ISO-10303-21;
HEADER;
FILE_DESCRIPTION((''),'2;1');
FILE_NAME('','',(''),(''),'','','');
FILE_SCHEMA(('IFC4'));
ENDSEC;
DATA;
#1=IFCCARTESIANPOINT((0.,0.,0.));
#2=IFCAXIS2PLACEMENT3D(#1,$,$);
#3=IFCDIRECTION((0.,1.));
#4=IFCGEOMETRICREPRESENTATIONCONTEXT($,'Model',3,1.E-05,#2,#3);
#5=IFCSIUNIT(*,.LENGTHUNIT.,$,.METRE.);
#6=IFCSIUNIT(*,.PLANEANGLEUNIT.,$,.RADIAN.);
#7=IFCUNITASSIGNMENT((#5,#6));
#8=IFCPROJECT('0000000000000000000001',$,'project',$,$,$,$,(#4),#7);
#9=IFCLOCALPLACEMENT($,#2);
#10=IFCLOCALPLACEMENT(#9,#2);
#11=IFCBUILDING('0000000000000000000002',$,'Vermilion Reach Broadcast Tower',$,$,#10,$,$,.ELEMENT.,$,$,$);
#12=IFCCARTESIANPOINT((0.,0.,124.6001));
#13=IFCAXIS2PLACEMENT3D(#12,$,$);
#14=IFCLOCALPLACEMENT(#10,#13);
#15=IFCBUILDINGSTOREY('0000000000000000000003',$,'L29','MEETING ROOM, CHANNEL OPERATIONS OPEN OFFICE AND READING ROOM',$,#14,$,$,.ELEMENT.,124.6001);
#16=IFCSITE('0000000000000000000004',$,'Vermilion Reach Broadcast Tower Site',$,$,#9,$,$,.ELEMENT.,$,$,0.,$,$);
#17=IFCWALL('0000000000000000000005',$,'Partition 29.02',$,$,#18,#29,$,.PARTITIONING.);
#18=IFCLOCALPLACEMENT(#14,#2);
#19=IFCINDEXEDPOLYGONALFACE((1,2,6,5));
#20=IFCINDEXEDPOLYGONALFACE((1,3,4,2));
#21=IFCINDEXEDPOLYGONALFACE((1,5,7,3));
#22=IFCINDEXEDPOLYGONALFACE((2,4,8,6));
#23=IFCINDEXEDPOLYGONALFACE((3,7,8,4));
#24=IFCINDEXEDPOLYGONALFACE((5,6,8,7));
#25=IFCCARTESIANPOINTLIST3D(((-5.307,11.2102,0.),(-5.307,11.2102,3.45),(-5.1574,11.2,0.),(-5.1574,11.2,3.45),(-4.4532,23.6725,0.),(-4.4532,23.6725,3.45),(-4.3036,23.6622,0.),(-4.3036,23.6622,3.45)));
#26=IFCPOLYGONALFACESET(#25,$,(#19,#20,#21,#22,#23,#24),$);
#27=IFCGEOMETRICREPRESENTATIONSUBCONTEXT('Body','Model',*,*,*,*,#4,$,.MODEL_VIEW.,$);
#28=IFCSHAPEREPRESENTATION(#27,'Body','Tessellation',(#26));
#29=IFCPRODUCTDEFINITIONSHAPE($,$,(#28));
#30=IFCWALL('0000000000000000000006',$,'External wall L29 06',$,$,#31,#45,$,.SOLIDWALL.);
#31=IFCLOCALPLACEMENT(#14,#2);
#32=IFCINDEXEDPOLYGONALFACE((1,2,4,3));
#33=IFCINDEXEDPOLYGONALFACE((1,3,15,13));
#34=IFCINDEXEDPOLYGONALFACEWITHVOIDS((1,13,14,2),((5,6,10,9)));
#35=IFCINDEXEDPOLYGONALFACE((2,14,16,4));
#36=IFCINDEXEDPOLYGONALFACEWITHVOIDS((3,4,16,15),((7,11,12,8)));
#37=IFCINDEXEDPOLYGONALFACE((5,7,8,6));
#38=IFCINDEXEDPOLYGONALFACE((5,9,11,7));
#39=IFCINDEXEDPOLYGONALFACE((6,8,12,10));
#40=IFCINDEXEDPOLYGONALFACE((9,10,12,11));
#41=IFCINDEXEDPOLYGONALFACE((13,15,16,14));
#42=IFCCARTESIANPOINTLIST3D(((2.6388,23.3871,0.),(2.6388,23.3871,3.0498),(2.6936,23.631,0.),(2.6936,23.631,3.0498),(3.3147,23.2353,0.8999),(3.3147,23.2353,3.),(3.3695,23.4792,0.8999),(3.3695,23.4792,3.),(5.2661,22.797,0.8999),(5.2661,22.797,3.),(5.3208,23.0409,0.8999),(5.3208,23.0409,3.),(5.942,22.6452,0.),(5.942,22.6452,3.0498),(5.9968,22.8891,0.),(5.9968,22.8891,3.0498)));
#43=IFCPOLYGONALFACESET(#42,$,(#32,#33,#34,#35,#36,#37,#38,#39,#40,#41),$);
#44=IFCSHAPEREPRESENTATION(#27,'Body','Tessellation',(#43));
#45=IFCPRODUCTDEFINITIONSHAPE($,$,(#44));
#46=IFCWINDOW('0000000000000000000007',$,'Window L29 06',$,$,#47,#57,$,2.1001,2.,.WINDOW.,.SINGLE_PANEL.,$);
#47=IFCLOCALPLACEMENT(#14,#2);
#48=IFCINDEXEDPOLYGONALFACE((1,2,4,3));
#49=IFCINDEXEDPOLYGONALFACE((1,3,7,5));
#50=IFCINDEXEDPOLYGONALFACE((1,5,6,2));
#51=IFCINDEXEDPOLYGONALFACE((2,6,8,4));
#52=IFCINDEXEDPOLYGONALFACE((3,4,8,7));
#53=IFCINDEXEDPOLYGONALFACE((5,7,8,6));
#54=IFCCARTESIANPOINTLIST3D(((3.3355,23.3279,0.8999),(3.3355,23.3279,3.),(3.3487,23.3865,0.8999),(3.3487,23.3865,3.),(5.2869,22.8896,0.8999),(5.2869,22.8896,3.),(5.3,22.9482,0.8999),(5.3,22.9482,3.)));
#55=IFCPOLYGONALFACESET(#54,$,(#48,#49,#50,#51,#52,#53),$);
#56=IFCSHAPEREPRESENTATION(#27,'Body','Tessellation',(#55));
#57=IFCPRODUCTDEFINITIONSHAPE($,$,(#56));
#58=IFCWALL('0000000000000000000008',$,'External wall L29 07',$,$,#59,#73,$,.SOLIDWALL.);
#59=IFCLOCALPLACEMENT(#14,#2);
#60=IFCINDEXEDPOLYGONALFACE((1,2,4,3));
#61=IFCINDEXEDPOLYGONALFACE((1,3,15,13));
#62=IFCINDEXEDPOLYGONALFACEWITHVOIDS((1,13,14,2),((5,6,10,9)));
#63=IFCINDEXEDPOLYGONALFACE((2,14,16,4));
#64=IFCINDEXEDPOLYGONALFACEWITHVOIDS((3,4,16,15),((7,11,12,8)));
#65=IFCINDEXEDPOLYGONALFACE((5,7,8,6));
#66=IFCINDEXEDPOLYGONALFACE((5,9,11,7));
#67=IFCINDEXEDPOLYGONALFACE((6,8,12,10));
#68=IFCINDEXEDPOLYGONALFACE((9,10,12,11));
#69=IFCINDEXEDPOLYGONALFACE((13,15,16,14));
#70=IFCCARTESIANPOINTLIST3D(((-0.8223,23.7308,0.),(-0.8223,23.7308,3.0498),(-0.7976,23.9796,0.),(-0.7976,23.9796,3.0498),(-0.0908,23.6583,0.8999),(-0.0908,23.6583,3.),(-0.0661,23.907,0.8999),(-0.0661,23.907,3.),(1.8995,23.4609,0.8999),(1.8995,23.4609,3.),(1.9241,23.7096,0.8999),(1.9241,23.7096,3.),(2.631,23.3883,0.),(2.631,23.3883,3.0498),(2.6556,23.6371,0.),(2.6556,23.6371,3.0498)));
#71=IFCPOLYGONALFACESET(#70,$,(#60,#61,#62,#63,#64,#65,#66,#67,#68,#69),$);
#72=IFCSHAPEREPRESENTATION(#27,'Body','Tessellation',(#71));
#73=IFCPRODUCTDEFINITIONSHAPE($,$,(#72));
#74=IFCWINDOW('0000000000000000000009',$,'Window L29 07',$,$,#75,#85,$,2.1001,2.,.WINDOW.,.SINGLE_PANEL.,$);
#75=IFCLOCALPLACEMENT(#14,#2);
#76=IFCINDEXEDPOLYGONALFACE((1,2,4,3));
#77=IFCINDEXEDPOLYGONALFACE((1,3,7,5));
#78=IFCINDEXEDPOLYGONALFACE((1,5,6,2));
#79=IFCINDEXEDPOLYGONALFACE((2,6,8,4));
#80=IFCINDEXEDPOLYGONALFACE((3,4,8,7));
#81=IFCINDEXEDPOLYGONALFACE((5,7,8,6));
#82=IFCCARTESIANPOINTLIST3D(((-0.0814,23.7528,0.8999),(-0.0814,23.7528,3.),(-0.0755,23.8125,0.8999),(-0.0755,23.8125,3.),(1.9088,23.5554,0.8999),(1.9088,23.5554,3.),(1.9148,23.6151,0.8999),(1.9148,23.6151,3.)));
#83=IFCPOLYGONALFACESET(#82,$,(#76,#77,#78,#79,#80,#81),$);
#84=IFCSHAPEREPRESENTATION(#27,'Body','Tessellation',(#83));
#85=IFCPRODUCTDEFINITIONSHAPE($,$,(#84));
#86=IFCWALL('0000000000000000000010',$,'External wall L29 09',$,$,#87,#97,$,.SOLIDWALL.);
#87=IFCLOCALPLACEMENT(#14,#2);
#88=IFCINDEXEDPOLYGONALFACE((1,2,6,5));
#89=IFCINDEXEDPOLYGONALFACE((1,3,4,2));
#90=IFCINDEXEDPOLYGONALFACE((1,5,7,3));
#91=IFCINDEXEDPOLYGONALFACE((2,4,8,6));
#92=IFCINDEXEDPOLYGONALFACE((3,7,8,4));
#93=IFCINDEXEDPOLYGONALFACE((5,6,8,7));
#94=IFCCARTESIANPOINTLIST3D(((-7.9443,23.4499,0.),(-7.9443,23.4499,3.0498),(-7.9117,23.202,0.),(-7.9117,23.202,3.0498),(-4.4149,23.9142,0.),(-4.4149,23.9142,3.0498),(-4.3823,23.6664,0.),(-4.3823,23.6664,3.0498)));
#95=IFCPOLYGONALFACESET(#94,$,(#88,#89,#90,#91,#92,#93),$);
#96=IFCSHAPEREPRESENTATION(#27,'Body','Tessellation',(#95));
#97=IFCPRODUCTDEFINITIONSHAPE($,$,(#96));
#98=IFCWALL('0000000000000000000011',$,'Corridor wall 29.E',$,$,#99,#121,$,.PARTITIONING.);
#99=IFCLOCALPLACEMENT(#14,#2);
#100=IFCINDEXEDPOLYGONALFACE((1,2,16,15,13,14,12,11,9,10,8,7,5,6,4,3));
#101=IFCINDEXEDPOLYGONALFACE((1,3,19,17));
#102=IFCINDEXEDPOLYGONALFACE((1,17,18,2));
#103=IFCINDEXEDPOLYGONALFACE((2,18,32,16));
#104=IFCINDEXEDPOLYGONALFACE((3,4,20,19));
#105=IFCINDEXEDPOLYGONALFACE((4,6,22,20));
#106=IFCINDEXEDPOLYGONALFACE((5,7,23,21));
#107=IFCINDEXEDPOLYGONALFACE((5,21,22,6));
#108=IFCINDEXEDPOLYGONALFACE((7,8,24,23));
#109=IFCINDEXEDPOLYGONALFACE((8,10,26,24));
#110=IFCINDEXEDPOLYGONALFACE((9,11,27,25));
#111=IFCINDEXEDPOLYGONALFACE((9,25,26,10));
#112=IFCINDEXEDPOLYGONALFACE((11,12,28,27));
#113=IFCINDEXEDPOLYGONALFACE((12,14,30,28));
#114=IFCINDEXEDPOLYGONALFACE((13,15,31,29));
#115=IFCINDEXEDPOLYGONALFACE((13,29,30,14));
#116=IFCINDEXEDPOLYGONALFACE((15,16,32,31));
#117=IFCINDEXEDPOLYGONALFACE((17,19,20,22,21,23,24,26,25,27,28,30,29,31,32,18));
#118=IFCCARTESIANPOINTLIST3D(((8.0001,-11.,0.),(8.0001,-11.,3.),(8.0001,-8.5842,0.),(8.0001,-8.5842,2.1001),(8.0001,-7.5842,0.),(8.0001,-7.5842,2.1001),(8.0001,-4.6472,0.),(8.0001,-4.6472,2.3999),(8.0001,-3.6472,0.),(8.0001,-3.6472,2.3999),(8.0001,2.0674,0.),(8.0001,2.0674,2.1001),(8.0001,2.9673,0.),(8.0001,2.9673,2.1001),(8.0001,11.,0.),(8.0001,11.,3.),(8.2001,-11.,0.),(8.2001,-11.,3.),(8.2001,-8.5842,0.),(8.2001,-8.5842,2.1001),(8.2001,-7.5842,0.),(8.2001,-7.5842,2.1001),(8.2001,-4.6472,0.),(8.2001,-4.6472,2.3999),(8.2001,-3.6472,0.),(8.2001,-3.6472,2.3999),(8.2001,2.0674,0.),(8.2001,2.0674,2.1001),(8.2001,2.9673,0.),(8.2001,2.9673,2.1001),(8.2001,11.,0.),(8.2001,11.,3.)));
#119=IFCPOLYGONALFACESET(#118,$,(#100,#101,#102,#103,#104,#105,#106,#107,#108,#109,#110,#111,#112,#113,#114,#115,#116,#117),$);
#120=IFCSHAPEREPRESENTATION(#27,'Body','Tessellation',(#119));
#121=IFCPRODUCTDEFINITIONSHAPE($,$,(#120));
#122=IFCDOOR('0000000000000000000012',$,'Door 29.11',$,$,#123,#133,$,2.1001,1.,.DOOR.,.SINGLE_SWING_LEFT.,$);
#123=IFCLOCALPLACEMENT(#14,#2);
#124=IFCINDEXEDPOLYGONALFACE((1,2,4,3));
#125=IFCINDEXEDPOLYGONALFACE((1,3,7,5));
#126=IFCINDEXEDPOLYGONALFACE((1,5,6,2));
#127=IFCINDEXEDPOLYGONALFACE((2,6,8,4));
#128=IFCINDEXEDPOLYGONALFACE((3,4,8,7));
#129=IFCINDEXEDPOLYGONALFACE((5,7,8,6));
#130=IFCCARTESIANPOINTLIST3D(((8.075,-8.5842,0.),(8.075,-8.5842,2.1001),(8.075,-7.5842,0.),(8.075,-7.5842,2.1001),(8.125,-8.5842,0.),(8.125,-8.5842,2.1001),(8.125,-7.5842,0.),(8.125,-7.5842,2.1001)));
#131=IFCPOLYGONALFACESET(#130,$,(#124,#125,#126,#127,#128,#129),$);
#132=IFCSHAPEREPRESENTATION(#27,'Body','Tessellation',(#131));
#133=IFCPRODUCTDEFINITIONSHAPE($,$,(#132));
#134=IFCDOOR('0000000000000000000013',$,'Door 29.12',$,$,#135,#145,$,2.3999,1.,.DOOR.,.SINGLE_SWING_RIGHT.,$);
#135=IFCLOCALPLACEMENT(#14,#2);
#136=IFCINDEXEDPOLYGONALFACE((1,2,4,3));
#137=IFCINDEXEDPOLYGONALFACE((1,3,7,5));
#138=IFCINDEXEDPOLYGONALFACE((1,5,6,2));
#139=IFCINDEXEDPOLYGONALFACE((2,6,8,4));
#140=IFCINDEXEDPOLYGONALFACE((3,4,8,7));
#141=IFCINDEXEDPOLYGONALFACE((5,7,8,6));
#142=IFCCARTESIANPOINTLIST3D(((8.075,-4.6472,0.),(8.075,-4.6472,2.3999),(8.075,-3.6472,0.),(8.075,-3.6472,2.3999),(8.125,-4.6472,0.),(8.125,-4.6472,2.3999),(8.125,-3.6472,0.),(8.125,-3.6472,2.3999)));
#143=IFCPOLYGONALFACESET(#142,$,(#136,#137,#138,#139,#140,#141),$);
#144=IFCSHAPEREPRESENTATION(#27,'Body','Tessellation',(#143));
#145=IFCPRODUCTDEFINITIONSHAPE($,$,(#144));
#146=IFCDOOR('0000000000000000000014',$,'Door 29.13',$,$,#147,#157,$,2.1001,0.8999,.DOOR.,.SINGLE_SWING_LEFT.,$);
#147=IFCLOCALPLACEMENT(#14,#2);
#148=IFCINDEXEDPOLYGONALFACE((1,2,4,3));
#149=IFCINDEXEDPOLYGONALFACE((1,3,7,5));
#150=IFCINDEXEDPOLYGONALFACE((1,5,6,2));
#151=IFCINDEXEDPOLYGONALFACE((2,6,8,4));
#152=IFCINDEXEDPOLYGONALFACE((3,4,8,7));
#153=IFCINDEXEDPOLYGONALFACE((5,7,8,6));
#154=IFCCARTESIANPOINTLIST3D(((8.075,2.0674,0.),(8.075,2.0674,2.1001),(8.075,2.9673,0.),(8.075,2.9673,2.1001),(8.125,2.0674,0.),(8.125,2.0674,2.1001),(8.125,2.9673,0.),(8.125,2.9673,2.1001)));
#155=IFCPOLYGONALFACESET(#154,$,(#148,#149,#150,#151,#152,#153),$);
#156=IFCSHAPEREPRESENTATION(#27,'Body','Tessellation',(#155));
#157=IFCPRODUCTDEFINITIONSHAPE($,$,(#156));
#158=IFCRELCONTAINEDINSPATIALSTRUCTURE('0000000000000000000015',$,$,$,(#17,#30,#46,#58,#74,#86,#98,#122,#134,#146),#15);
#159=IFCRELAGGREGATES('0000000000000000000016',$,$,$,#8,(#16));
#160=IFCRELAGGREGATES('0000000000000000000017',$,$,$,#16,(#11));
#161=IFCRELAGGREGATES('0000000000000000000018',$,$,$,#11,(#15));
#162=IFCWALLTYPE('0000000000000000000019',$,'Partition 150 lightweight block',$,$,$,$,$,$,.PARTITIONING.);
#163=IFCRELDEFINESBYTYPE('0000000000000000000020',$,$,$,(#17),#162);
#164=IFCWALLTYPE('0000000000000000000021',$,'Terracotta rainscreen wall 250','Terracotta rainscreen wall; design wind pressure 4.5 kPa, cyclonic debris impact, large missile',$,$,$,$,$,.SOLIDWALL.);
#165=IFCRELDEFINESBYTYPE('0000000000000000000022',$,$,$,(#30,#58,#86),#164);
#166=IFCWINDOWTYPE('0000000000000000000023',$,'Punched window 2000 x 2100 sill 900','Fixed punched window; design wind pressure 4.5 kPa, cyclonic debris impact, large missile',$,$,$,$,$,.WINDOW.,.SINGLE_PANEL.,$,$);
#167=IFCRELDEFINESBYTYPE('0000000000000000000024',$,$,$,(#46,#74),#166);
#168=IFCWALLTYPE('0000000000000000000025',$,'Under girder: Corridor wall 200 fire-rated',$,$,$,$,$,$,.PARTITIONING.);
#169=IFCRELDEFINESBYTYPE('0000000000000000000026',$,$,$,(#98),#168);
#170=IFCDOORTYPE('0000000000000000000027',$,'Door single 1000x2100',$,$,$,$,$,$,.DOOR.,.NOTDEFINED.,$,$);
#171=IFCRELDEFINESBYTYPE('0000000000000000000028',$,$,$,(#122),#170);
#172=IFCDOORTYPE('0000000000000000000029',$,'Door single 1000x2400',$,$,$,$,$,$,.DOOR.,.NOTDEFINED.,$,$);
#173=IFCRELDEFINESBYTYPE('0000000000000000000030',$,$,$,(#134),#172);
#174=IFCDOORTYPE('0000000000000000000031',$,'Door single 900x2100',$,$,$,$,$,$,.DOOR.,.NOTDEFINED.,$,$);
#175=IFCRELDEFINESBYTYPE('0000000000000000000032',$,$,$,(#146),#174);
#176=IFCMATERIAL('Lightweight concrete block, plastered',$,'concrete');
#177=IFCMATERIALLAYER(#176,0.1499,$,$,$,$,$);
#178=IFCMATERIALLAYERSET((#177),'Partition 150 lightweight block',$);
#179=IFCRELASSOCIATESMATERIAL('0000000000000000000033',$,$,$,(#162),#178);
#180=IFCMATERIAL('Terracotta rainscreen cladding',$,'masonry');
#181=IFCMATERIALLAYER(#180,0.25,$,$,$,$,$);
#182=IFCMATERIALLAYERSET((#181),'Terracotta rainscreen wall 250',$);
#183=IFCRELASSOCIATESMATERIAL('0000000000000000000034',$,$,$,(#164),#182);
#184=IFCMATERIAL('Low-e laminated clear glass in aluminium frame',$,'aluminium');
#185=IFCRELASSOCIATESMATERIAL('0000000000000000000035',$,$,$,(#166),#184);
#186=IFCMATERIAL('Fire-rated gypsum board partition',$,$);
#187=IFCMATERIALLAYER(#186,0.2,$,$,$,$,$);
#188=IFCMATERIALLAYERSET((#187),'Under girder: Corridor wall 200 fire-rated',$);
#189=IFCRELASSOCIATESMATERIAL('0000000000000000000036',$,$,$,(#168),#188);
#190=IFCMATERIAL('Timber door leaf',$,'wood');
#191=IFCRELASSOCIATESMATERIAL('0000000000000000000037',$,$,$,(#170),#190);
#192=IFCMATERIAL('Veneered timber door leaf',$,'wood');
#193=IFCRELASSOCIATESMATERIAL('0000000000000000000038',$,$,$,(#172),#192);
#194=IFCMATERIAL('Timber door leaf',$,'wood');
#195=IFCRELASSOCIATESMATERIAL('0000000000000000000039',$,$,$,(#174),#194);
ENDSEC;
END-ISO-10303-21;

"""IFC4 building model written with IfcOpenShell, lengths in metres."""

from ifc_helpers import new_model, si_unit, direction, frame, frame_2d, origin, place, context, subcontext, project, spatial, rectangle, extrude, material, layer, layer_set, type_object, element, fill, save


model = new_model("IFC4")

# Units and contexts
model_context = context("Model", 3, precision=1e-05, world=origin(), true_north=direction((0.0, 1.0)))
body_context = subcontext(model_context, "Body", "Model", "MODEL_VIEW")
ifc_project = project(units=[si_unit("LENGTHUNIT", "METRE"), si_unit("PLANEANGLEUNIT", "RADIAN")], contexts=[model_context])

# Site, building, storey
site_placement = place(None, origin())
site = spatial("IfcSite", under=ifc_project, at=site_placement, Name="Vermilion Reach Broadcast Tower Site", CompositionType="ELEMENT", RefElevation=0.0)
building_placement = place(site_placement, origin())
building = spatial("IfcBuilding", under=site, at=building_placement, Name="Vermilion Reach Broadcast Tower", CompositionType="ELEMENT")
storey_placement = place(building_placement, frame((0.0, 0.0, 124.6001)))
storey = spatial("IfcBuildingStorey", under=building, at=storey_placement, Name="L29", Description="MEETING ROOM, CHANNEL OPERATIONS OPEN OFFICE AND READING ROOM", CompositionType="ELEMENT", Elevation=124.6001)

# Wall
ifc_material_1 = material(Name="Lightweight concrete block, plastered", Category="concrete")
ifc_layer_1 = layer(ifc_material_1, 0.1499)
ifc_layer_set_1 = layer_set([ifc_layer_1], Name="Partition 150 lightweight block")
wall_type_1 = type_object("IfcWallType", Name="Partition 150 lightweight block", PredefinedType="PARTITIONING", material=ifc_layer_set_1)
wall_1_placement = place(storey_placement, frame((-4.3784, 23.6672, 0.0), z_axis=(0.0, 0.0, 1.0), x_axis=(-0.068348, -0.997662, 0.0)))
element("IfcWall", 1, at=wall_1_placement, inside=storey, type_object=wall_type_1, Name="Partition 29.02", PredefinedType="PARTITIONING", context=body_context, shape_type="SweptSolid", body=[
    extrude(rectangle(XDim=12.4915, YDim=0.1499, at=frame_2d((6.2456, 0.0))), origin(), (0.0, 0.0, 1.0), 3.45),
])

# Walls, openings, windows
ifc_material_2 = material(Name="Terracotta rainscreen cladding", Category="masonry")
ifc_layer_2 = layer(ifc_material_2, 0.25)
ifc_layer_set_2 = layer_set([ifc_layer_2], Name="Terracotta rainscreen wall 250")
wall_type_2 = type_object("IfcWallType", Name="Terracotta rainscreen wall 250", Description="Terracotta rainscreen wall; design wind pressure 4.5 kPa, cyclonic debris impact, large missile", PredefinedType="SOLIDWALL", material=ifc_layer_set_2)
wall_2_placement = place(storey_placement, frame((5.9695, 22.7671, 0.0), z_axis=(0.0, 0.0, 1.0), x_axis=(-0.975691, 0.219152, 0.0)))
wall_2 = element("IfcWall", 2, at=wall_2_placement, inside=storey, type_object=wall_type_2, Name="External wall L29 06", PredefinedType="SOLIDWALL", context=body_context, shape_type="SweptSolid", body=[
    extrude(rectangle(XDim=3.3855, YDim=0.25, at=frame_2d((1.6929, 0.0))), origin(), (0.0, 0.0, 1.0), 3.0498),
])
opening_1_placement = place(wall_2_placement, frame((0.6929, 0.0, 0.8999)))
opening_1 = element("IfcOpeningElement", 3, at=opening_1_placement, cuts=wall_2, PredefinedType="OPENING", context=body_context, shape_type="SweptSolid", body=[
    extrude(rectangle(XDim=2.0, YDim=2.1001, at=frame_2d((1.0, 1.05))), frame((0.0, 0.135, 0.0), z_axis=(0.0, -1.0, 0.0), x_axis=(1.0, 0.0, 0.0)), (0.0, 0.0, 1.0), 0.27),
])
ifc_material_3 = material(Name="Low-e laminated clear glass in aluminium frame", Category="aluminium")
window_type = type_object("IfcWindowType", Name="Punched window 2000 x 2100 sill 900", Description="Fixed punched window; design wind pressure 4.5 kPa, cyclonic debris impact, large missile", PartitioningType="SINGLE_PANEL", PredefinedType="WINDOW", material=ifc_material_3)
window_1_placement = place(opening_1_placement, origin())
window_1 = element("IfcWindow", 4, at=window_1_placement, inside=storey, type_object=window_type, Name="Window L29 06", OverallHeight=2.1001, OverallWidth=2.0, PartitioningType="SINGLE_PANEL", PredefinedType="WINDOW", context=body_context, shape_type="SweptSolid", body=[
    extrude(rectangle(XDim=2.0, YDim=2.1001, at=frame_2d((1.0, 1.05))), frame((0.0, 0.03, 0.0), z_axis=(0.0, -1.0, 0.0), x_axis=(1.0, 0.0, 0.0)), (0.0, 0.0, 1.0), 0.0601),
])
fill(opening_1, window_1)
wall_3_placement = place(storey_placement, frame((2.6433, 23.5127, 0.0), z_axis=(0.0, 0.0, 1.0), x_axis=(-0.995117, 0.098703, 0.0)))
wall_3 = element("IfcWall", 5, at=wall_3_placement, inside=storey, type_object=wall_type_2, Name="External wall L29 07", PredefinedType="SOLIDWALL", context=body_context, shape_type="SweptSolid", body=[
    extrude(rectangle(XDim=3.4702, YDim=0.25, at=frame_2d((1.7351, 0.0))), origin(), (0.0, 0.0, 1.0), 3.0498),
])
opening_2_placement = place(wall_3_placement, frame((0.7351, 0.0, 0.8999)))
opening_2 = element("IfcOpeningElement", 6, at=opening_2_placement, cuts=wall_3, PredefinedType="OPENING", context=body_context, shape_type="SweptSolid", body=[
    extrude(rectangle(XDim=2.0, YDim=2.1001, at=frame_2d((1.0, 1.05))), frame((0.0, 0.135, 0.0), z_axis=(0.0, -1.0, 0.0), x_axis=(1.0, 0.0, 0.0)), (0.0, 0.0, 1.0), 0.27),
])
window_2_placement = place(opening_2_placement, origin())
window_2 = element("IfcWindow", 7, at=window_2_placement, inside=storey, type_object=window_type, Name="Window L29 07", OverallHeight=2.1001, OverallWidth=2.0, PartitioningType="SINGLE_PANEL", PredefinedType="WINDOW", context=body_context, shape_type="SweptSolid", body=[
    extrude(rectangle(XDim=2.0, YDim=2.1001, at=frame_2d((1.0, 1.05))), frame((0.0, 0.03, 0.0), z_axis=(0.0, -1.0, 0.0), x_axis=(1.0, 0.0, 0.0)), (0.0, 0.0, 1.0), 0.0601),
])
fill(opening_2, window_2)

# Wall
wall_4_placement = place(storey_placement, frame((-4.3987, 23.7903, 0.0), z_axis=(0.0, 0.0, 1.0), x_axis=(-0.991455, -0.130447, 0.0)))
element("IfcWall", 8, at=wall_4_placement, inside=storey, type_object=wall_type_2, Name="External wall L29 09", PredefinedType="SOLIDWALL", context=body_context, shape_type="SweptSolid", body=[
    extrude(rectangle(XDim=3.5598, YDim=0.25, at=frame_2d((1.7798, 0.0))), origin(), (0.0, 0.0, 1.0), 3.0498),
])

# Wall, openings, doors
ifc_material_4 = material(Name="Fire-rated gypsum board partition")
ifc_layer_3 = layer(ifc_material_4, 0.2)
ifc_layer_set_3 = layer_set([ifc_layer_3], Name="Under girder: Corridor wall 200 fire-rated")
wall_type_3 = type_object("IfcWallType", Name="Under girder: Corridor wall 200 fire-rated", PredefinedType="PARTITIONING", material=ifc_layer_set_3)
wall_5_placement = place(storey_placement, frame((8.1001, 11.0, 0.0), z_axis=(0.0, 0.0, 1.0), x_axis=(0.0, -1.0, 0.0)))
wall_5 = element("IfcWall", 9, at=wall_5_placement, inside=storey, type_object=wall_type_3, Name="Corridor wall 29.E", PredefinedType="PARTITIONING", context=body_context, shape_type="SweptSolid", body=[
    extrude(rectangle(XDim=22.0, YDim=0.2, at=frame_2d((11.0, 0.0))), origin(), (0.0, 0.0, 1.0), 3.0),
])
opening_3_placement = place(wall_5_placement, frame((18.5842, 0.0, 0.0)))
opening_3 = element("IfcOpeningElement", 10, at=opening_3_placement, cuts=wall_5, PredefinedType="OPENING", context=body_context, shape_type="SweptSolid", body=[
    extrude(rectangle(XDim=1.0, YDim=2.1001, at=frame_2d((0.5, 1.05))), frame((0.0, 0.1099, 0.0), z_axis=(0.0, -1.0, 0.0), x_axis=(1.0, 0.0, 0.0)), (0.0, 0.0, 1.0), 0.22),
])
opening_4_placement = place(wall_5_placement, frame((14.6472, 0.0, 0.0)))
opening_4 = element("IfcOpeningElement", 11, at=opening_4_placement, cuts=wall_5, PredefinedType="OPENING", context=body_context, shape_type="SweptSolid", body=[
    extrude(rectangle(XDim=1.0, YDim=2.3999, at=frame_2d((0.5, 1.2))), frame((0.0, 0.1099, 0.0), z_axis=(0.0, -1.0, 0.0), x_axis=(1.0, 0.0, 0.0)), (0.0, 0.0, 1.0), 0.22),
])
opening_5_placement = place(wall_5_placement, frame((8.0327, 0.0, 0.0)))
opening_5 = element("IfcOpeningElement", 12, at=opening_5_placement, cuts=wall_5, PredefinedType="OPENING", context=body_context, shape_type="SweptSolid", body=[
    extrude(rectangle(XDim=0.8999, YDim=2.1001, at=frame_2d((0.45, 1.05))), frame((0.0, 0.1099, 0.0), z_axis=(0.0, -1.0, 0.0), x_axis=(1.0, 0.0, 0.0)), (0.0, 0.0, 1.0), 0.22),
])
ifc_material_5 = material(Name="Timber door leaf", Category="wood")
door_type_1 = type_object("IfcDoorType", Name="Door single 1000x2100", OperationType="NOTDEFINED", PredefinedType="DOOR", material=ifc_material_5)
door_1_placement = place(opening_3_placement, origin())
door_1 = element("IfcDoor", 13, at=door_1_placement, inside=storey, type_object=door_type_1, Name="Door 29.11", OperationType="SINGLE_SWING_LEFT", OverallHeight=2.1001, OverallWidth=1.0, PredefinedType="DOOR", context=body_context, shape_type="SweptSolid", body=[
    extrude(rectangle(XDim=1.0, YDim=2.1001, at=frame_2d((0.5, 1.05))), frame((0.0, 0.0249, 0.0), z_axis=(0.0, -1.0, 0.0), x_axis=(1.0, 0.0, 0.0)), (0.0, 0.0, 1.0), 0.05),
])
fill(opening_3, door_1)
ifc_material_6 = material(Name="Veneered timber door leaf", Category="wood")
door_type_2 = type_object("IfcDoorType", Name="Door single 1000x2400", OperationType="NOTDEFINED", PredefinedType="DOOR", material=ifc_material_6)
door_2_placement = place(opening_4_placement, origin())
door_2 = element("IfcDoor", 14, at=door_2_placement, inside=storey, type_object=door_type_2, Name="Door 29.12", OperationType="SINGLE_SWING_RIGHT", OverallHeight=2.3999, OverallWidth=1.0, PredefinedType="DOOR", context=body_context, shape_type="SweptSolid", body=[
    extrude(rectangle(XDim=1.0, YDim=2.3999, at=frame_2d((0.5, 1.2))), frame((0.0, 0.0249, 0.0), z_axis=(0.0, -1.0, 0.0), x_axis=(1.0, 0.0, 0.0)), (0.0, 0.0, 1.0), 0.05),
])
fill(opening_4, door_2)
ifc_material_7 = material(Name="Timber door leaf", Category="wood")
door_type_3 = type_object("IfcDoorType", Name="Door single 900x2100", OperationType="NOTDEFINED", PredefinedType="DOOR", material=ifc_material_7)
door_3_placement = place(opening_5_placement, origin())
door_3 = element("IfcDoor", 15, at=door_3_placement, inside=storey, type_object=door_type_3, Name="Door 29.13", OperationType="SINGLE_SWING_LEFT", OverallHeight=2.1001, OverallWidth=0.8999, PredefinedType="DOOR", context=body_context, shape_type="SweptSolid", body=[
    extrude(rectangle(XDim=0.8999, YDim=2.1001, at=frame_2d((0.45, 1.05))), frame((0.0, 0.0249, 0.0), z_axis=(0.0, -1.0, 0.0), x_axis=(1.0, 0.0, 0.0)), (0.0, 0.0, 1.0), 0.05),
])
fill(opening_5, door_3)

save(model, "model.ifc")
